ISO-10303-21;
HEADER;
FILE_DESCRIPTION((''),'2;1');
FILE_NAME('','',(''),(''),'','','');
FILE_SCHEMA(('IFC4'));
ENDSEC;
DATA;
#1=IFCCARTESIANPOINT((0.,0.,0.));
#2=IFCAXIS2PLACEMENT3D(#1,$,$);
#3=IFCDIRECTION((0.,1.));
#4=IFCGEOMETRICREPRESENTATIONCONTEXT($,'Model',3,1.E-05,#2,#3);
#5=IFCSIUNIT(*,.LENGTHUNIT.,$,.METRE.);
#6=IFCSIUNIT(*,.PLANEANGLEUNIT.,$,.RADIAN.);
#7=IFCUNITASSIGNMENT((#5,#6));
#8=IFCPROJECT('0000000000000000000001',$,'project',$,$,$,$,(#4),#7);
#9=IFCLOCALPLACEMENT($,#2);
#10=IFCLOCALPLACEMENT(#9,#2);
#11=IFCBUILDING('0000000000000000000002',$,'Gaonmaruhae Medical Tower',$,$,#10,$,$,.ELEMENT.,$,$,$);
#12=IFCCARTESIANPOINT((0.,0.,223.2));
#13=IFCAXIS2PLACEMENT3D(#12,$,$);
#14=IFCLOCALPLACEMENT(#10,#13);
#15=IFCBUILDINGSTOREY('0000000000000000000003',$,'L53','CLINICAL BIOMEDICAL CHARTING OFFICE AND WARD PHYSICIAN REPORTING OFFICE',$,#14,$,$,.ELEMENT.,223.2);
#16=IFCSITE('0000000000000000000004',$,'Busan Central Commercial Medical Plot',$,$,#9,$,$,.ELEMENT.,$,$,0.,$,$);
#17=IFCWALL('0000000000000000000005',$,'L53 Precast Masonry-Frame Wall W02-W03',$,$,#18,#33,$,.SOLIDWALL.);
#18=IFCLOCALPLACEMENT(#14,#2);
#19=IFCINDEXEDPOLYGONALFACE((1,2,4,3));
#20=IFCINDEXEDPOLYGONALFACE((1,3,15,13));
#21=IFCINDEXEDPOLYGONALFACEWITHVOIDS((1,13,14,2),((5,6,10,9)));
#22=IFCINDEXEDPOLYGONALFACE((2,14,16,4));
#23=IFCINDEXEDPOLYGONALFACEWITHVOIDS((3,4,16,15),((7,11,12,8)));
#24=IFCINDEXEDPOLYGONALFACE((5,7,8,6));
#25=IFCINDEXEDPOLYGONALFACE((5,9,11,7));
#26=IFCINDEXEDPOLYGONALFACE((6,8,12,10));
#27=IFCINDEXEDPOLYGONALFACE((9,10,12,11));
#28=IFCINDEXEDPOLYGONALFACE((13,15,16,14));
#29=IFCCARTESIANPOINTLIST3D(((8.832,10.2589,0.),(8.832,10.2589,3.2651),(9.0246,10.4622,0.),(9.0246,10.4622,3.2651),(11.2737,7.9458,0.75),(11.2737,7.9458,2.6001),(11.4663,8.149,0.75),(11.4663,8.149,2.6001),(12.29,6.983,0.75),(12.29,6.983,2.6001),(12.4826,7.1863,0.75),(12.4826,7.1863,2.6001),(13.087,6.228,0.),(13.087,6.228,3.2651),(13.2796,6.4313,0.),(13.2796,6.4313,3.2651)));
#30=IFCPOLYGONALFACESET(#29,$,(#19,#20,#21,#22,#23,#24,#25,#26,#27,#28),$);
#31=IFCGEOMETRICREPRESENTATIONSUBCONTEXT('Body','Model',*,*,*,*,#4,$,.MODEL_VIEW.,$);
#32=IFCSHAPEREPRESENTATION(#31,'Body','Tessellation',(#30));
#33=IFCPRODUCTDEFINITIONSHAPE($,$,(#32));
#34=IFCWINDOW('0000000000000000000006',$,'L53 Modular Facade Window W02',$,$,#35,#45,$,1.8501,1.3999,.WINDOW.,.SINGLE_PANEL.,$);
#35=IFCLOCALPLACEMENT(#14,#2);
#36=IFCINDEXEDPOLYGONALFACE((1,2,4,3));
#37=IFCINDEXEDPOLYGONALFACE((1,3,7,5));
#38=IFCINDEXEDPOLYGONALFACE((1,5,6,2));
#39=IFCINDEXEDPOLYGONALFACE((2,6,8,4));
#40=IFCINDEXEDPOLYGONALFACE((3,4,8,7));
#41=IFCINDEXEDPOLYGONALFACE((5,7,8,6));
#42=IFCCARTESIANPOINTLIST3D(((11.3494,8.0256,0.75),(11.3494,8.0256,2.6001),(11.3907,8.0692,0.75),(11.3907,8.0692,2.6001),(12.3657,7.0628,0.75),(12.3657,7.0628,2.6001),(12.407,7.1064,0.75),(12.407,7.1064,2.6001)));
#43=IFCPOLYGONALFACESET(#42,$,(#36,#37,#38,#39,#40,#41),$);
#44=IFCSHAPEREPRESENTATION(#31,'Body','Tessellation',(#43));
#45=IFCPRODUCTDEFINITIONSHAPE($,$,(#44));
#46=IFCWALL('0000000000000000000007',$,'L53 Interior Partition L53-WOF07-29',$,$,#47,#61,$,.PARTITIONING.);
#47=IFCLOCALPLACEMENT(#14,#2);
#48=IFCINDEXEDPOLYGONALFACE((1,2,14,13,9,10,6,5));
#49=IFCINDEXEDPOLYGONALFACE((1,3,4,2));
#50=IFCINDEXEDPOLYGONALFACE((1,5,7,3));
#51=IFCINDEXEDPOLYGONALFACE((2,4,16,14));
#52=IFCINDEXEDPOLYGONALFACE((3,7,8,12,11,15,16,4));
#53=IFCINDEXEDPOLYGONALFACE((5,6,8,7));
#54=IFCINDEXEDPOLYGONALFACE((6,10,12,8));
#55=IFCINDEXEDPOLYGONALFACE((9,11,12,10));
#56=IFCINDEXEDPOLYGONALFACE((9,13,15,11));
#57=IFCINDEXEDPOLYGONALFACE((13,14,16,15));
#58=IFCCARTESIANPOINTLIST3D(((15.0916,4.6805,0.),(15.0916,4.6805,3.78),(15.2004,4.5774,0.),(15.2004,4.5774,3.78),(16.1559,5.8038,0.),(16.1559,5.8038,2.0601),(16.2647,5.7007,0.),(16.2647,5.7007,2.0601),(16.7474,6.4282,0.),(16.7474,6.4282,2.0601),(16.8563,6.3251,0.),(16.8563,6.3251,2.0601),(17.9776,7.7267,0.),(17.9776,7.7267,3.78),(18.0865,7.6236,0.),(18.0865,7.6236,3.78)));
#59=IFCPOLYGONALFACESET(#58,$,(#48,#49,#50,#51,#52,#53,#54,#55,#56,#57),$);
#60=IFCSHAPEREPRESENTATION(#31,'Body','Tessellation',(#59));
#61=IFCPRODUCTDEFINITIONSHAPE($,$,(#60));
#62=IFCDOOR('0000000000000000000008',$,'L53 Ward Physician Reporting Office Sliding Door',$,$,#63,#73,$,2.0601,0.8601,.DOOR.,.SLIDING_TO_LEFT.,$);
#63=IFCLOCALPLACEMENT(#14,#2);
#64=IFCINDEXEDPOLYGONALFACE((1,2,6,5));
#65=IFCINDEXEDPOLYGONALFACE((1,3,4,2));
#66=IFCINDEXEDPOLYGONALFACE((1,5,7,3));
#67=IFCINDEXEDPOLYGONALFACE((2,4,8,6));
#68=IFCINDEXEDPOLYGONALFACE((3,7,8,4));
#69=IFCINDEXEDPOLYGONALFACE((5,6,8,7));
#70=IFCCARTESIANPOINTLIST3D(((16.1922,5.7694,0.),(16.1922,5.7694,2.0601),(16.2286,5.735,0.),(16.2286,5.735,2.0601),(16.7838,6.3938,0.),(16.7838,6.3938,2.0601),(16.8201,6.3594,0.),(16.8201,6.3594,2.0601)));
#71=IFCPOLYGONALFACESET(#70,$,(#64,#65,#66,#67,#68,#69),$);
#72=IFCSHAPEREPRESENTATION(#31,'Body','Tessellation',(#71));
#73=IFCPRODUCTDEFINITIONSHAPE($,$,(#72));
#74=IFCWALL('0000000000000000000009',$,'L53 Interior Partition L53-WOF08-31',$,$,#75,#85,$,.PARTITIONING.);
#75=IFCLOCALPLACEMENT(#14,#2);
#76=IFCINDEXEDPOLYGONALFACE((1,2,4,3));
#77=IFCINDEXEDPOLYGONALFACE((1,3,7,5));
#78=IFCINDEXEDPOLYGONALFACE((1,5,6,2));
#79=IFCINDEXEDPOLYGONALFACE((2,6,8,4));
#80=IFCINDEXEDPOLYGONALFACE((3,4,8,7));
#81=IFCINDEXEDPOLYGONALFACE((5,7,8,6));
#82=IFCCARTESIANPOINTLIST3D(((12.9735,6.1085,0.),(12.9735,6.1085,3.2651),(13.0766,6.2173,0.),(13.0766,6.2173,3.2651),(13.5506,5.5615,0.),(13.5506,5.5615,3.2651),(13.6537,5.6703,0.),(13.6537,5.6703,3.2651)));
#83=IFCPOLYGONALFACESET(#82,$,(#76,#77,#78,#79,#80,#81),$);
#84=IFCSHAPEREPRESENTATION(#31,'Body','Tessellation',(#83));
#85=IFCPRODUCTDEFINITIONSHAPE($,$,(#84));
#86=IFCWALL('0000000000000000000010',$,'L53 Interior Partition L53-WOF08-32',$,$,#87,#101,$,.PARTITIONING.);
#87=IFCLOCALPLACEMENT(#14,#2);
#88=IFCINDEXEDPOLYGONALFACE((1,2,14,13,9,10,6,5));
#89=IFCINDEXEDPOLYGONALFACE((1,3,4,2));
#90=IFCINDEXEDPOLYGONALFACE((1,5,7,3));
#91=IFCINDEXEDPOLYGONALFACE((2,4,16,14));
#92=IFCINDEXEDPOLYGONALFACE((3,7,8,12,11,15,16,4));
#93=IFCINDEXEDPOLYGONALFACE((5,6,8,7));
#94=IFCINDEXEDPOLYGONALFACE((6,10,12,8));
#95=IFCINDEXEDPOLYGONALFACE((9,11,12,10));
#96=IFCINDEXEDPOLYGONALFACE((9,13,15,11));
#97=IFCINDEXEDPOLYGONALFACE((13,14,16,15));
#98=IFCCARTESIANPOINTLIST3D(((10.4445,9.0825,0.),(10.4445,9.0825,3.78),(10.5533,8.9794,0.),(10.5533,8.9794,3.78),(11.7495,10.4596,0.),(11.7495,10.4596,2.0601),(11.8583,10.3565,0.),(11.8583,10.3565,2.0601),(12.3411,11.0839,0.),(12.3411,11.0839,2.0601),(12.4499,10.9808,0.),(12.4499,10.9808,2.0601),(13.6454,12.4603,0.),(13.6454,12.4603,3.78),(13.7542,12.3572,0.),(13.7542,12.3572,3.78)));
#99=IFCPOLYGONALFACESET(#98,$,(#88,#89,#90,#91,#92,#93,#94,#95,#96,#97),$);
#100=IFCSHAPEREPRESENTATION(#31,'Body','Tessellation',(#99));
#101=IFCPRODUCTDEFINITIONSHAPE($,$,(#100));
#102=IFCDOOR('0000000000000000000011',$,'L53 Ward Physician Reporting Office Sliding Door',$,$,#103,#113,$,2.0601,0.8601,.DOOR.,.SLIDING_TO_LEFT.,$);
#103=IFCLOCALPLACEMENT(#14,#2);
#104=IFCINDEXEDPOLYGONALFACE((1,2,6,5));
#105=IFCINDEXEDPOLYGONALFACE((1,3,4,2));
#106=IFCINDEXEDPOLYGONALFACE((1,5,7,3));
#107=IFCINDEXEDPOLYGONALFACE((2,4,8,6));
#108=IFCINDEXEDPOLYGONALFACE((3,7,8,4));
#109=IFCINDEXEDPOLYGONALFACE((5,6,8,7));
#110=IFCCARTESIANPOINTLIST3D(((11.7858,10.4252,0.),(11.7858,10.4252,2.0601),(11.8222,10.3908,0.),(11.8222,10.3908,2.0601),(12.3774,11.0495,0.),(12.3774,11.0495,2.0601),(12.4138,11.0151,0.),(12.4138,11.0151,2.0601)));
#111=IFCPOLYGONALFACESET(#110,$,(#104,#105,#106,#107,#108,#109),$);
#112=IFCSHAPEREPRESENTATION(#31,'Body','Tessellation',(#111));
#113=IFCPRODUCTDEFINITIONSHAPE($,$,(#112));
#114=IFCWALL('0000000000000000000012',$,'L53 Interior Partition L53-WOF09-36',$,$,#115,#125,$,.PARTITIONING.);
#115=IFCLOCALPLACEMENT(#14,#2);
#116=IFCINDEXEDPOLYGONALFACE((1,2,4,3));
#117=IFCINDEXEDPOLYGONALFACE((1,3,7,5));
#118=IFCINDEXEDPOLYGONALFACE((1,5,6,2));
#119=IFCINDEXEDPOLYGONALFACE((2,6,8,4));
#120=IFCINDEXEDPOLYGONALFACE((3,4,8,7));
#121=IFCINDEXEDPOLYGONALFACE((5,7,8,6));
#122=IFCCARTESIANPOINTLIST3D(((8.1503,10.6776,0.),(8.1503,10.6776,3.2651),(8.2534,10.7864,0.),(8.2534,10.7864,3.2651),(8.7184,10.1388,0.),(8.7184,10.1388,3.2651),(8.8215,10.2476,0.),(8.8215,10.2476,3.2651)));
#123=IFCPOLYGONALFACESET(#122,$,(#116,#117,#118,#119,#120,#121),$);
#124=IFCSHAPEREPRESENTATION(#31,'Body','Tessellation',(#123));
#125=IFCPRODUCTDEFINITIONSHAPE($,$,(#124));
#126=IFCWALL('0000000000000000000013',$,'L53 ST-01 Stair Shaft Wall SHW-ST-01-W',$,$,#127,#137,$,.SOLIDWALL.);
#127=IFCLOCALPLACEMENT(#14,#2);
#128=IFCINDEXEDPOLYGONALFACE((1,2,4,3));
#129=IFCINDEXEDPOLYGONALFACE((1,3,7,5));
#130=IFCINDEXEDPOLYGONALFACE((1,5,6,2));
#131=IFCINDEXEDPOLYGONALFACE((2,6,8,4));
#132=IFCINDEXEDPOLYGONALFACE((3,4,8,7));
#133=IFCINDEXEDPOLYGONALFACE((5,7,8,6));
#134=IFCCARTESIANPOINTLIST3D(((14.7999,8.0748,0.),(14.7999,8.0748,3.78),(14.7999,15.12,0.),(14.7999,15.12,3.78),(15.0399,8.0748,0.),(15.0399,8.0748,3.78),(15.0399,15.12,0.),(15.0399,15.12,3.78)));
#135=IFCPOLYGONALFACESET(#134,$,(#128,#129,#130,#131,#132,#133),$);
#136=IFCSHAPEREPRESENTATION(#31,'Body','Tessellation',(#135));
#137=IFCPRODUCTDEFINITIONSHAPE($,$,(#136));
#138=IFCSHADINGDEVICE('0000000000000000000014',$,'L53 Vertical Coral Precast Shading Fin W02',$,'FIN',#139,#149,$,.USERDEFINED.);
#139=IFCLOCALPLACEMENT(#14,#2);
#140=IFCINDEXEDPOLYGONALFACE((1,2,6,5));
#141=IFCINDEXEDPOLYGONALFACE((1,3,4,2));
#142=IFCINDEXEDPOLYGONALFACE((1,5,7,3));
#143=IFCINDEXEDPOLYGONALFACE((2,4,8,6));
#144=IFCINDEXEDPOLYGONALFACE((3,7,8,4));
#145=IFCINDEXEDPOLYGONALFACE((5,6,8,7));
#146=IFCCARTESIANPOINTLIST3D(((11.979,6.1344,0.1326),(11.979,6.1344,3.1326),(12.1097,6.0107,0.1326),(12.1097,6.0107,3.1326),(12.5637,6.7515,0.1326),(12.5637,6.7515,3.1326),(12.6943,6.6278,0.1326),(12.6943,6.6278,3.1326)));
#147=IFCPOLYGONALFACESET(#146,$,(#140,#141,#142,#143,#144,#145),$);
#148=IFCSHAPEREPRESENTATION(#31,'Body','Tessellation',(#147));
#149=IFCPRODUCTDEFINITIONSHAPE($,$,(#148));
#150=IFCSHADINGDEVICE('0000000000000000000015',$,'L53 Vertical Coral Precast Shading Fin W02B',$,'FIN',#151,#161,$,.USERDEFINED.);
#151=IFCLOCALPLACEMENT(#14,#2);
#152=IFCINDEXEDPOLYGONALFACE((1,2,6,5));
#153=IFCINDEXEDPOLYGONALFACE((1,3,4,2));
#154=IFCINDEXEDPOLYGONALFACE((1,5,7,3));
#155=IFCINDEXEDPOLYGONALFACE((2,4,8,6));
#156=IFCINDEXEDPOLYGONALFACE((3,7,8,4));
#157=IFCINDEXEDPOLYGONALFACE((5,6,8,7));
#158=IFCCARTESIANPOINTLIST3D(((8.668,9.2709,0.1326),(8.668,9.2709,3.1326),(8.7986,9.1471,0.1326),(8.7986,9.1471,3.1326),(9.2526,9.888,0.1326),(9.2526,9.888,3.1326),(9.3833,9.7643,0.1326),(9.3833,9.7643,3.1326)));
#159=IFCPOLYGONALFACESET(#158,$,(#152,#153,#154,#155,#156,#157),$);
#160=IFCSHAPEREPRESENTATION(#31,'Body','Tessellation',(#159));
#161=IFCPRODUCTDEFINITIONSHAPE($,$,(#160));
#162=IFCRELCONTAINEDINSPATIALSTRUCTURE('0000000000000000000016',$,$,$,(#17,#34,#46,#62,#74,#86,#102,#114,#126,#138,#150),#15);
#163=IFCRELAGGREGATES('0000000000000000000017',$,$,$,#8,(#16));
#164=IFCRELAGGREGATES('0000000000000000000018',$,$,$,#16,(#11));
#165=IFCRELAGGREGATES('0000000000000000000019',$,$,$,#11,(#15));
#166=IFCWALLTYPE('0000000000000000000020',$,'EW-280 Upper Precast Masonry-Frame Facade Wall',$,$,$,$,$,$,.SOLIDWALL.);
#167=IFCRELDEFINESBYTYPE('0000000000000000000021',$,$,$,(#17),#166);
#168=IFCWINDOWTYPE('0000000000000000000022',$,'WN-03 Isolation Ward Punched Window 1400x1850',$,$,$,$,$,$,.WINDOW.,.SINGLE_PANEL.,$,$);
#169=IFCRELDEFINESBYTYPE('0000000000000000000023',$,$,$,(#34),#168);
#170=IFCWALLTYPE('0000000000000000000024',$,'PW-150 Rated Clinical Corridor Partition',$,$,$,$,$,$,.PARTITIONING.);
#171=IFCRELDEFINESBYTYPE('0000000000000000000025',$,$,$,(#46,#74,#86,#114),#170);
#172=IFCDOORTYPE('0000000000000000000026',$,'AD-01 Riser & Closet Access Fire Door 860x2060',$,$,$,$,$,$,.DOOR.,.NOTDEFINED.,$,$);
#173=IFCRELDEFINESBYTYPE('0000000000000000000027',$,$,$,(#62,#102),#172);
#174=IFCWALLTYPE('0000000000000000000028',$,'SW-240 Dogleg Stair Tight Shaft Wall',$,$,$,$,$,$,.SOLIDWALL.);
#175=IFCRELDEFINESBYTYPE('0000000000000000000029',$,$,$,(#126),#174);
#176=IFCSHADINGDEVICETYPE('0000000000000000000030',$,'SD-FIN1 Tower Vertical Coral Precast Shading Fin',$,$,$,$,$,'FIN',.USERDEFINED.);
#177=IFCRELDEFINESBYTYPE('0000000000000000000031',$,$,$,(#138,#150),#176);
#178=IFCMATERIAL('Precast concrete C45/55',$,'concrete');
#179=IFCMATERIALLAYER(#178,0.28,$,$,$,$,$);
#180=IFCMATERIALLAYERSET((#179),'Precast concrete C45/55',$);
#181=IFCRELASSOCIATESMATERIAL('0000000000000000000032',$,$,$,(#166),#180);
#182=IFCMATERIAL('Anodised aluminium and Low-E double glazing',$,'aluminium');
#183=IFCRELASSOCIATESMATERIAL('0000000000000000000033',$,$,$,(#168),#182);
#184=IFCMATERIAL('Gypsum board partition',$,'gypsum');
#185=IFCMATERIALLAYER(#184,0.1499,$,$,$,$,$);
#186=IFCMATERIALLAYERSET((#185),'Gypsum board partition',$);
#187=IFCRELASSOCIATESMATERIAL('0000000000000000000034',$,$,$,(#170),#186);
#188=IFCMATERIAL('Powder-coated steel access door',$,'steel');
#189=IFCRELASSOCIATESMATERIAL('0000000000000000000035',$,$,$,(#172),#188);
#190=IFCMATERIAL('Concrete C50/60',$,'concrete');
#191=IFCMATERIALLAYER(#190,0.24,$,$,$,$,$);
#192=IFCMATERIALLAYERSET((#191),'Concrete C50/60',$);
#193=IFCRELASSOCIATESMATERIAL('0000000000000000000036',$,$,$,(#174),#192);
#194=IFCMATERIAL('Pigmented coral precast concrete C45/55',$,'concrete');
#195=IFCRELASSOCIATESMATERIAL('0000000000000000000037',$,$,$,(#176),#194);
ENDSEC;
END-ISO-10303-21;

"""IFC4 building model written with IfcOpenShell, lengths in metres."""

from ifc_helpers import new_model, si_unit, direction, frame, frame_2d, origin, origin_2d, place, context, subcontext, project, spatial, rectangle, extrude, material, layer, layer_set, type_object, element, fill, save


model = new_model("IFC4")

# Units and contexts
model_context = context("Model", 3, precision=1e-05, world=origin(), true_north=direction((0.0, 1.0)))
body_context = subcontext(model_context, "Body", "Model", "MODEL_VIEW")
ifc_project = project(units=[si_unit("LENGTHUNIT", "METRE"), si_unit("PLANEANGLEUNIT", "RADIAN")], contexts=[model_context])

# Site, building, storey
site_placement = place(None, origin())
site = spatial("IfcSite", under=ifc_project, at=site_placement, Name="Busan Central Commercial Medical Plot", CompositionType="ELEMENT", RefElevation=0.0)
building_placement = place(site_placement, origin())
building = spatial("IfcBuilding", under=site, at=building_placement, Name="Gaonmaruhae Medical Tower", CompositionType="ELEMENT")
storey_placement = place(building_placement, frame((0.0, 0.0, 223.2)))
storey = spatial("IfcBuildingStorey", under=building, at=storey_placement, Name="L53", Description="CLINICAL BIOMEDICAL CHARTING OFFICE AND WARD PHYSICIAN REPORTING OFFICE", CompositionType="ELEMENT", Elevation=223.2)

# Shared definitions
ifc_material_1 = material(Name="Concrete C50/60", Category="concrete")

# Wall, opening, window
ifc_material_2 = material(Name="Precast concrete C45/55", Category="concrete")
ifc_layer_1 = layer(ifc_material_2, 0.28)
ifc_layer_set_1 = layer_set([ifc_layer_1], Name="Precast concrete C45/55")
wall_type_1 = type_object("IfcWallType", Name="EW-280 Upper Precast Masonry-Frame Facade Wall", PredefinedType="SOLIDWALL", material=ifc_layer_set_1)
wall_1_placement = place(storey_placement, frame((13.1833, 6.3296, 0.0), z_axis=(0.0, 0.0, 1.0), x_axis=(-0.725968, 0.687728, 0.0)))
wall_1 = element("IfcWall", 1, at=wall_1_placement, inside=storey, type_object=wall_type_1, Name="L53 Precast Masonry-Frame Wall W02-W03", PredefinedType="SOLIDWALL", context=body_context, shape_type="SweptSolid", body=[
    extrude(rectangle(XDim=5.8611, YDim=0.28, at=frame_2d((2.9307, 0.0))), origin(), (0.0, 0.0, 1.0), 3.2651),
])
opening_1_placement = place(wall_1_placement, frame((1.0979, 0.0, 0.75)))
opening_1 = element("IfcOpeningElement", 2, at=opening_1_placement, cuts=wall_1, PredefinedType="OPENING", context=body_context, shape_type="SweptSolid", body=[
    extrude(rectangle(XDim=1.3999, YDim=1.8501, at=frame_2d((0.7, 0.925))), frame((0.0, 0.1499, 0.0), z_axis=(0.0, -1.0, 0.0), x_axis=(1.0, 0.0, 0.0)), (0.0, 0.0, 1.0), 0.3),
])
ifc_material_3 = material(Name="Anodised aluminium and Low-E double glazing", Category="aluminium")
window_type = type_object("IfcWindowType", Name="WN-03 Isolation Ward Punched Window 1400x1850", PartitioningType="SINGLE_PANEL", PredefinedType="WINDOW", material=ifc_material_3)
window_placement = place(opening_1_placement, origin())
window = element("IfcWindow", 3, at=window_placement, inside=storey, type_object=window_type, Name="L53 Modular Facade Window W02", OverallHeight=1.8501, OverallWidth=1.3999, PartitioningType="SINGLE_PANEL", PredefinedType="WINDOW", context=body_context, shape_type="SweptSolid", body=[
    extrude(rectangle(XDim=1.3999, YDim=1.8501, at=frame_2d((0.7, 0.925))), frame((0.0, 0.03, 0.0), z_axis=(0.0, -1.0, 0.0), x_axis=(1.0, 0.0, 0.0)), (0.0, 0.0, 1.0), 0.0601),
])
fill(opening_1, window)

# Wall, opening, door
ifc_material_4 = material(Name="Gypsum board partition", Category="gypsum")
ifc_layer_2 = layer(ifc_material_4, 0.1499)
ifc_layer_set_2 = layer_set([ifc_layer_2], Name="Gypsum board partition")
wall_type_2 = type_object("IfcWallType", Name="PW-150 Rated Clinical Corridor Partition", PredefinedType="PARTITIONING", material=ifc_layer_set_2)
wall_2_placement = place(storey_placement, frame((15.146, 4.6289, 0.0), z_axis=(0.0, 0.0, 1.0), x_axis=(0.687766, 0.725933, 0.0)))
wall_2 = element("IfcWall", 4, at=wall_2_placement, inside=storey, type_object=wall_type_2, Name="L53 Interior Partition L53-WOF07-29", PredefinedType="PARTITIONING", context=body_context, shape_type="SweptSolid", body=[
    extrude(rectangle(XDim=4.1963, YDim=0.1499, at=frame_2d((2.0981, 0.0))), origin(), (0.0, 0.0, 1.0), 3.78),
])
opening_2_placement = place(wall_2_placement, frame((1.5474, 0.0, 0.0)))
opening_2 = element("IfcOpeningElement", 5, at=opening_2_placement, cuts=wall_2, PredefinedType="OPENING", context=body_context, shape_type="SweptSolid", body=[
    extrude(rectangle(XDim=0.8601, YDim=2.0601, at=frame_2d((0.4302, 1.03))), frame((0.0, 0.085, 0.0), z_axis=(0.0, -1.0, 0.0), x_axis=(1.0, 0.0, 0.0)), (0.0, 0.0, 1.0), 0.1699),
])
ifc_material_5 = material(Name="Powder-coated steel access door", Category="steel")
door_type = type_object("IfcDoorType", Name="AD-01 Riser & Closet Access Fire Door 860x2060", OperationType="NOTDEFINED", PredefinedType="DOOR", material=ifc_material_5)
door_1_placement = place(opening_2_placement, origin())
door_1 = element("IfcDoor", 6, at=door_1_placement, inside=storey, type_object=door_type, Name="L53 Ward Physician Reporting Office Sliding Door", OperationType="SLIDING_TO_LEFT", OverallHeight=2.0601, OverallWidth=0.8601, PredefinedType="DOOR", context=body_context, shape_type="SweptSolid", body=[
    extrude(rectangle(XDim=0.8601, YDim=2.0601, at=frame_2d((0.4302, 1.03))), frame((0.0, 0.0249, 0.0), z_axis=(0.0, -1.0, 0.0), x_axis=(1.0, 0.0, 0.0)), (0.0, 0.0, 1.0), 0.05),
])
fill(opening_2, door_1)

# Wall
wall_3_placement = place(storey_placement, frame((13.6021, 5.616, 0.0), z_axis=(0.0, 0.0, 1.0), x_axis=(-0.725735, 0.687975, 0.0)))
element("IfcWall", 7, at=wall_3_placement, inside=storey, type_object=wall_type_2, Name="L53 Interior Partition L53-WOF08-31", PredefinedType="PARTITIONING", context=body_context, shape_type="SweptSolid", body=[
    extrude(rectangle(XDim=0.7952, YDim=0.1499, at=frame_2d((0.3975, 0.0))), origin(), (0.0, 0.0, 1.0), 3.2651),
])

# Wall, opening, door
wall_4_placement = place(storey_placement, frame((10.499, 9.031, 0.0), z_axis=(0.0, 0.0, 1.0), x_axis=(0.687833, 0.725869, 0.0)))
wall_4 = element("IfcWall", 8, at=wall_4_placement, inside=storey, type_object=wall_type_2, Name="L53 Interior Partition L53-WOF08-32", PredefinedType="PARTITIONING", context=body_context, shape_type="SweptSolid", body=[
    extrude(rectangle(XDim=4.6536, YDim=0.1499, at=frame_2d((2.3267, 0.0))), origin(), (0.0, 0.0, 1.0), 3.78),
])
opening_3_placement = place(wall_4_placement, frame((1.897, 0.0, 0.0)))
opening_3 = element("IfcOpeningElement", 9, at=opening_3_placement, cuts=wall_4, PredefinedType="OPENING", context=body_context, shape_type="SweptSolid", body=[
    extrude(rectangle(XDim=0.8601, YDim=2.0601, at=frame_2d((0.4302, 1.03))), frame((0.0, 0.085, 0.0), z_axis=(0.0, -1.0, 0.0), x_axis=(1.0, 0.0, 0.0)), (0.0, 0.0, 1.0), 0.1699),
])
door_2_placement = place(opening_3_placement, origin())
door_2 = element("IfcDoor", 10, at=door_2_placement, inside=storey, type_object=door_type, Name="L53 Ward Physician Reporting Office Sliding Door", OperationType="SLIDING_TO_LEFT", OverallHeight=2.0601, OverallWidth=0.8601, PredefinedType="DOOR", context=body_context, shape_type="SweptSolid", body=[
    extrude(rectangle(XDim=0.8601, YDim=2.0601, at=frame_2d((0.4302, 1.03))), frame((0.0, 0.0249, 0.0), z_axis=(0.0, -1.0, 0.0), x_axis=(1.0, 0.0, 0.0)), (0.0, 0.0, 1.0), 0.05),
])
fill(opening_3, door_2)

# Walls
wall_5_placement = place(storey_placement, frame((8.77, 10.1931, 0.0), z_axis=(0.0, 0.0, 1.0), x_axis=(-0.725567, 0.688151, 0.0)))
element("IfcWall", 11, at=wall_5_placement, inside=storey, type_object=wall_type_2, Name="L53 Interior Partition L53-WOF09-36", PredefinedType="PARTITIONING", context=body_context, shape_type="SweptSolid", body=[
    extrude(rectangle(XDim=0.783, YDim=0.1499, at=frame_2d((0.3916, 0.0))), origin(), (0.0, 0.0, 1.0), 3.2651),
])
ifc_layer_3 = layer(ifc_material_1, 0.24)
ifc_layer_set_3 = layer_set([ifc_layer_3], Name="Concrete C50/60")
wall_type_3 = type_object("IfcWallType", Name="SW-240 Dogleg Stair Tight Shaft Wall", PredefinedType="SOLIDWALL", material=ifc_layer_set_3)
wall_6_placement = place(storey_placement, frame((14.9199, 8.075, 0.0), z_axis=(0.0, 0.0, 1.0), x_axis=(0.0, 1.0, 0.0)))
element("IfcWall", 12, at=wall_6_placement, inside=storey, type_object=wall_type_3, Name="L53 ST-01 Stair Shaft Wall SHW-ST-01-W", PredefinedType="SOLIDWALL", context=body_context, shape_type="SweptSolid", body=[
    extrude(rectangle(XDim=7.0452, YDim=0.24, at=frame_2d((3.5225, 0.0))), origin(), (0.0, 0.0, 1.0), 3.78),
])

# Shading devices
ifc_material_6 = material(Name="Pigmented coral precast concrete C45/55", Category="concrete")
shading_device_type = type_object("IfcShadingDeviceType", Name="SD-FIN1 Tower Vertical Coral Precast Shading Fin", ElementType="FIN", PredefinedType="USERDEFINED", material=ifc_material_6)
for number, where, z_axis, x_axis, name in (
    (13, (12.3367, 6.3811, 0.1326), (0.0, 0.0, 1.0), (-0.725975, 0.687721, 0.0), "L53 Vertical Coral Precast Shading Fin W02"),
    (14, (9.0256, 9.5176, 0.1326), (0.0, 0.0, 1.0), (-0.725975, 0.687721, 0.0), "L53 Vertical Coral Precast Shading Fin W02B"),
):
    element("IfcShadingDevice", number, at=place(storey_placement, frame(where, z_axis=z_axis, x_axis=x_axis)), inside=storey, type_object=shading_device_type, Name=name, ObjectType="FIN", PredefinedType="USERDEFINED", context=body_context, shape_type="SweptSolid", body=[
        extrude(rectangle(XDim=0.1799, YDim=0.8501, at=origin_2d()), origin(), (0.0, 0.0, 1.0), 3.0),
    ])

save(model, "model.ifc")
